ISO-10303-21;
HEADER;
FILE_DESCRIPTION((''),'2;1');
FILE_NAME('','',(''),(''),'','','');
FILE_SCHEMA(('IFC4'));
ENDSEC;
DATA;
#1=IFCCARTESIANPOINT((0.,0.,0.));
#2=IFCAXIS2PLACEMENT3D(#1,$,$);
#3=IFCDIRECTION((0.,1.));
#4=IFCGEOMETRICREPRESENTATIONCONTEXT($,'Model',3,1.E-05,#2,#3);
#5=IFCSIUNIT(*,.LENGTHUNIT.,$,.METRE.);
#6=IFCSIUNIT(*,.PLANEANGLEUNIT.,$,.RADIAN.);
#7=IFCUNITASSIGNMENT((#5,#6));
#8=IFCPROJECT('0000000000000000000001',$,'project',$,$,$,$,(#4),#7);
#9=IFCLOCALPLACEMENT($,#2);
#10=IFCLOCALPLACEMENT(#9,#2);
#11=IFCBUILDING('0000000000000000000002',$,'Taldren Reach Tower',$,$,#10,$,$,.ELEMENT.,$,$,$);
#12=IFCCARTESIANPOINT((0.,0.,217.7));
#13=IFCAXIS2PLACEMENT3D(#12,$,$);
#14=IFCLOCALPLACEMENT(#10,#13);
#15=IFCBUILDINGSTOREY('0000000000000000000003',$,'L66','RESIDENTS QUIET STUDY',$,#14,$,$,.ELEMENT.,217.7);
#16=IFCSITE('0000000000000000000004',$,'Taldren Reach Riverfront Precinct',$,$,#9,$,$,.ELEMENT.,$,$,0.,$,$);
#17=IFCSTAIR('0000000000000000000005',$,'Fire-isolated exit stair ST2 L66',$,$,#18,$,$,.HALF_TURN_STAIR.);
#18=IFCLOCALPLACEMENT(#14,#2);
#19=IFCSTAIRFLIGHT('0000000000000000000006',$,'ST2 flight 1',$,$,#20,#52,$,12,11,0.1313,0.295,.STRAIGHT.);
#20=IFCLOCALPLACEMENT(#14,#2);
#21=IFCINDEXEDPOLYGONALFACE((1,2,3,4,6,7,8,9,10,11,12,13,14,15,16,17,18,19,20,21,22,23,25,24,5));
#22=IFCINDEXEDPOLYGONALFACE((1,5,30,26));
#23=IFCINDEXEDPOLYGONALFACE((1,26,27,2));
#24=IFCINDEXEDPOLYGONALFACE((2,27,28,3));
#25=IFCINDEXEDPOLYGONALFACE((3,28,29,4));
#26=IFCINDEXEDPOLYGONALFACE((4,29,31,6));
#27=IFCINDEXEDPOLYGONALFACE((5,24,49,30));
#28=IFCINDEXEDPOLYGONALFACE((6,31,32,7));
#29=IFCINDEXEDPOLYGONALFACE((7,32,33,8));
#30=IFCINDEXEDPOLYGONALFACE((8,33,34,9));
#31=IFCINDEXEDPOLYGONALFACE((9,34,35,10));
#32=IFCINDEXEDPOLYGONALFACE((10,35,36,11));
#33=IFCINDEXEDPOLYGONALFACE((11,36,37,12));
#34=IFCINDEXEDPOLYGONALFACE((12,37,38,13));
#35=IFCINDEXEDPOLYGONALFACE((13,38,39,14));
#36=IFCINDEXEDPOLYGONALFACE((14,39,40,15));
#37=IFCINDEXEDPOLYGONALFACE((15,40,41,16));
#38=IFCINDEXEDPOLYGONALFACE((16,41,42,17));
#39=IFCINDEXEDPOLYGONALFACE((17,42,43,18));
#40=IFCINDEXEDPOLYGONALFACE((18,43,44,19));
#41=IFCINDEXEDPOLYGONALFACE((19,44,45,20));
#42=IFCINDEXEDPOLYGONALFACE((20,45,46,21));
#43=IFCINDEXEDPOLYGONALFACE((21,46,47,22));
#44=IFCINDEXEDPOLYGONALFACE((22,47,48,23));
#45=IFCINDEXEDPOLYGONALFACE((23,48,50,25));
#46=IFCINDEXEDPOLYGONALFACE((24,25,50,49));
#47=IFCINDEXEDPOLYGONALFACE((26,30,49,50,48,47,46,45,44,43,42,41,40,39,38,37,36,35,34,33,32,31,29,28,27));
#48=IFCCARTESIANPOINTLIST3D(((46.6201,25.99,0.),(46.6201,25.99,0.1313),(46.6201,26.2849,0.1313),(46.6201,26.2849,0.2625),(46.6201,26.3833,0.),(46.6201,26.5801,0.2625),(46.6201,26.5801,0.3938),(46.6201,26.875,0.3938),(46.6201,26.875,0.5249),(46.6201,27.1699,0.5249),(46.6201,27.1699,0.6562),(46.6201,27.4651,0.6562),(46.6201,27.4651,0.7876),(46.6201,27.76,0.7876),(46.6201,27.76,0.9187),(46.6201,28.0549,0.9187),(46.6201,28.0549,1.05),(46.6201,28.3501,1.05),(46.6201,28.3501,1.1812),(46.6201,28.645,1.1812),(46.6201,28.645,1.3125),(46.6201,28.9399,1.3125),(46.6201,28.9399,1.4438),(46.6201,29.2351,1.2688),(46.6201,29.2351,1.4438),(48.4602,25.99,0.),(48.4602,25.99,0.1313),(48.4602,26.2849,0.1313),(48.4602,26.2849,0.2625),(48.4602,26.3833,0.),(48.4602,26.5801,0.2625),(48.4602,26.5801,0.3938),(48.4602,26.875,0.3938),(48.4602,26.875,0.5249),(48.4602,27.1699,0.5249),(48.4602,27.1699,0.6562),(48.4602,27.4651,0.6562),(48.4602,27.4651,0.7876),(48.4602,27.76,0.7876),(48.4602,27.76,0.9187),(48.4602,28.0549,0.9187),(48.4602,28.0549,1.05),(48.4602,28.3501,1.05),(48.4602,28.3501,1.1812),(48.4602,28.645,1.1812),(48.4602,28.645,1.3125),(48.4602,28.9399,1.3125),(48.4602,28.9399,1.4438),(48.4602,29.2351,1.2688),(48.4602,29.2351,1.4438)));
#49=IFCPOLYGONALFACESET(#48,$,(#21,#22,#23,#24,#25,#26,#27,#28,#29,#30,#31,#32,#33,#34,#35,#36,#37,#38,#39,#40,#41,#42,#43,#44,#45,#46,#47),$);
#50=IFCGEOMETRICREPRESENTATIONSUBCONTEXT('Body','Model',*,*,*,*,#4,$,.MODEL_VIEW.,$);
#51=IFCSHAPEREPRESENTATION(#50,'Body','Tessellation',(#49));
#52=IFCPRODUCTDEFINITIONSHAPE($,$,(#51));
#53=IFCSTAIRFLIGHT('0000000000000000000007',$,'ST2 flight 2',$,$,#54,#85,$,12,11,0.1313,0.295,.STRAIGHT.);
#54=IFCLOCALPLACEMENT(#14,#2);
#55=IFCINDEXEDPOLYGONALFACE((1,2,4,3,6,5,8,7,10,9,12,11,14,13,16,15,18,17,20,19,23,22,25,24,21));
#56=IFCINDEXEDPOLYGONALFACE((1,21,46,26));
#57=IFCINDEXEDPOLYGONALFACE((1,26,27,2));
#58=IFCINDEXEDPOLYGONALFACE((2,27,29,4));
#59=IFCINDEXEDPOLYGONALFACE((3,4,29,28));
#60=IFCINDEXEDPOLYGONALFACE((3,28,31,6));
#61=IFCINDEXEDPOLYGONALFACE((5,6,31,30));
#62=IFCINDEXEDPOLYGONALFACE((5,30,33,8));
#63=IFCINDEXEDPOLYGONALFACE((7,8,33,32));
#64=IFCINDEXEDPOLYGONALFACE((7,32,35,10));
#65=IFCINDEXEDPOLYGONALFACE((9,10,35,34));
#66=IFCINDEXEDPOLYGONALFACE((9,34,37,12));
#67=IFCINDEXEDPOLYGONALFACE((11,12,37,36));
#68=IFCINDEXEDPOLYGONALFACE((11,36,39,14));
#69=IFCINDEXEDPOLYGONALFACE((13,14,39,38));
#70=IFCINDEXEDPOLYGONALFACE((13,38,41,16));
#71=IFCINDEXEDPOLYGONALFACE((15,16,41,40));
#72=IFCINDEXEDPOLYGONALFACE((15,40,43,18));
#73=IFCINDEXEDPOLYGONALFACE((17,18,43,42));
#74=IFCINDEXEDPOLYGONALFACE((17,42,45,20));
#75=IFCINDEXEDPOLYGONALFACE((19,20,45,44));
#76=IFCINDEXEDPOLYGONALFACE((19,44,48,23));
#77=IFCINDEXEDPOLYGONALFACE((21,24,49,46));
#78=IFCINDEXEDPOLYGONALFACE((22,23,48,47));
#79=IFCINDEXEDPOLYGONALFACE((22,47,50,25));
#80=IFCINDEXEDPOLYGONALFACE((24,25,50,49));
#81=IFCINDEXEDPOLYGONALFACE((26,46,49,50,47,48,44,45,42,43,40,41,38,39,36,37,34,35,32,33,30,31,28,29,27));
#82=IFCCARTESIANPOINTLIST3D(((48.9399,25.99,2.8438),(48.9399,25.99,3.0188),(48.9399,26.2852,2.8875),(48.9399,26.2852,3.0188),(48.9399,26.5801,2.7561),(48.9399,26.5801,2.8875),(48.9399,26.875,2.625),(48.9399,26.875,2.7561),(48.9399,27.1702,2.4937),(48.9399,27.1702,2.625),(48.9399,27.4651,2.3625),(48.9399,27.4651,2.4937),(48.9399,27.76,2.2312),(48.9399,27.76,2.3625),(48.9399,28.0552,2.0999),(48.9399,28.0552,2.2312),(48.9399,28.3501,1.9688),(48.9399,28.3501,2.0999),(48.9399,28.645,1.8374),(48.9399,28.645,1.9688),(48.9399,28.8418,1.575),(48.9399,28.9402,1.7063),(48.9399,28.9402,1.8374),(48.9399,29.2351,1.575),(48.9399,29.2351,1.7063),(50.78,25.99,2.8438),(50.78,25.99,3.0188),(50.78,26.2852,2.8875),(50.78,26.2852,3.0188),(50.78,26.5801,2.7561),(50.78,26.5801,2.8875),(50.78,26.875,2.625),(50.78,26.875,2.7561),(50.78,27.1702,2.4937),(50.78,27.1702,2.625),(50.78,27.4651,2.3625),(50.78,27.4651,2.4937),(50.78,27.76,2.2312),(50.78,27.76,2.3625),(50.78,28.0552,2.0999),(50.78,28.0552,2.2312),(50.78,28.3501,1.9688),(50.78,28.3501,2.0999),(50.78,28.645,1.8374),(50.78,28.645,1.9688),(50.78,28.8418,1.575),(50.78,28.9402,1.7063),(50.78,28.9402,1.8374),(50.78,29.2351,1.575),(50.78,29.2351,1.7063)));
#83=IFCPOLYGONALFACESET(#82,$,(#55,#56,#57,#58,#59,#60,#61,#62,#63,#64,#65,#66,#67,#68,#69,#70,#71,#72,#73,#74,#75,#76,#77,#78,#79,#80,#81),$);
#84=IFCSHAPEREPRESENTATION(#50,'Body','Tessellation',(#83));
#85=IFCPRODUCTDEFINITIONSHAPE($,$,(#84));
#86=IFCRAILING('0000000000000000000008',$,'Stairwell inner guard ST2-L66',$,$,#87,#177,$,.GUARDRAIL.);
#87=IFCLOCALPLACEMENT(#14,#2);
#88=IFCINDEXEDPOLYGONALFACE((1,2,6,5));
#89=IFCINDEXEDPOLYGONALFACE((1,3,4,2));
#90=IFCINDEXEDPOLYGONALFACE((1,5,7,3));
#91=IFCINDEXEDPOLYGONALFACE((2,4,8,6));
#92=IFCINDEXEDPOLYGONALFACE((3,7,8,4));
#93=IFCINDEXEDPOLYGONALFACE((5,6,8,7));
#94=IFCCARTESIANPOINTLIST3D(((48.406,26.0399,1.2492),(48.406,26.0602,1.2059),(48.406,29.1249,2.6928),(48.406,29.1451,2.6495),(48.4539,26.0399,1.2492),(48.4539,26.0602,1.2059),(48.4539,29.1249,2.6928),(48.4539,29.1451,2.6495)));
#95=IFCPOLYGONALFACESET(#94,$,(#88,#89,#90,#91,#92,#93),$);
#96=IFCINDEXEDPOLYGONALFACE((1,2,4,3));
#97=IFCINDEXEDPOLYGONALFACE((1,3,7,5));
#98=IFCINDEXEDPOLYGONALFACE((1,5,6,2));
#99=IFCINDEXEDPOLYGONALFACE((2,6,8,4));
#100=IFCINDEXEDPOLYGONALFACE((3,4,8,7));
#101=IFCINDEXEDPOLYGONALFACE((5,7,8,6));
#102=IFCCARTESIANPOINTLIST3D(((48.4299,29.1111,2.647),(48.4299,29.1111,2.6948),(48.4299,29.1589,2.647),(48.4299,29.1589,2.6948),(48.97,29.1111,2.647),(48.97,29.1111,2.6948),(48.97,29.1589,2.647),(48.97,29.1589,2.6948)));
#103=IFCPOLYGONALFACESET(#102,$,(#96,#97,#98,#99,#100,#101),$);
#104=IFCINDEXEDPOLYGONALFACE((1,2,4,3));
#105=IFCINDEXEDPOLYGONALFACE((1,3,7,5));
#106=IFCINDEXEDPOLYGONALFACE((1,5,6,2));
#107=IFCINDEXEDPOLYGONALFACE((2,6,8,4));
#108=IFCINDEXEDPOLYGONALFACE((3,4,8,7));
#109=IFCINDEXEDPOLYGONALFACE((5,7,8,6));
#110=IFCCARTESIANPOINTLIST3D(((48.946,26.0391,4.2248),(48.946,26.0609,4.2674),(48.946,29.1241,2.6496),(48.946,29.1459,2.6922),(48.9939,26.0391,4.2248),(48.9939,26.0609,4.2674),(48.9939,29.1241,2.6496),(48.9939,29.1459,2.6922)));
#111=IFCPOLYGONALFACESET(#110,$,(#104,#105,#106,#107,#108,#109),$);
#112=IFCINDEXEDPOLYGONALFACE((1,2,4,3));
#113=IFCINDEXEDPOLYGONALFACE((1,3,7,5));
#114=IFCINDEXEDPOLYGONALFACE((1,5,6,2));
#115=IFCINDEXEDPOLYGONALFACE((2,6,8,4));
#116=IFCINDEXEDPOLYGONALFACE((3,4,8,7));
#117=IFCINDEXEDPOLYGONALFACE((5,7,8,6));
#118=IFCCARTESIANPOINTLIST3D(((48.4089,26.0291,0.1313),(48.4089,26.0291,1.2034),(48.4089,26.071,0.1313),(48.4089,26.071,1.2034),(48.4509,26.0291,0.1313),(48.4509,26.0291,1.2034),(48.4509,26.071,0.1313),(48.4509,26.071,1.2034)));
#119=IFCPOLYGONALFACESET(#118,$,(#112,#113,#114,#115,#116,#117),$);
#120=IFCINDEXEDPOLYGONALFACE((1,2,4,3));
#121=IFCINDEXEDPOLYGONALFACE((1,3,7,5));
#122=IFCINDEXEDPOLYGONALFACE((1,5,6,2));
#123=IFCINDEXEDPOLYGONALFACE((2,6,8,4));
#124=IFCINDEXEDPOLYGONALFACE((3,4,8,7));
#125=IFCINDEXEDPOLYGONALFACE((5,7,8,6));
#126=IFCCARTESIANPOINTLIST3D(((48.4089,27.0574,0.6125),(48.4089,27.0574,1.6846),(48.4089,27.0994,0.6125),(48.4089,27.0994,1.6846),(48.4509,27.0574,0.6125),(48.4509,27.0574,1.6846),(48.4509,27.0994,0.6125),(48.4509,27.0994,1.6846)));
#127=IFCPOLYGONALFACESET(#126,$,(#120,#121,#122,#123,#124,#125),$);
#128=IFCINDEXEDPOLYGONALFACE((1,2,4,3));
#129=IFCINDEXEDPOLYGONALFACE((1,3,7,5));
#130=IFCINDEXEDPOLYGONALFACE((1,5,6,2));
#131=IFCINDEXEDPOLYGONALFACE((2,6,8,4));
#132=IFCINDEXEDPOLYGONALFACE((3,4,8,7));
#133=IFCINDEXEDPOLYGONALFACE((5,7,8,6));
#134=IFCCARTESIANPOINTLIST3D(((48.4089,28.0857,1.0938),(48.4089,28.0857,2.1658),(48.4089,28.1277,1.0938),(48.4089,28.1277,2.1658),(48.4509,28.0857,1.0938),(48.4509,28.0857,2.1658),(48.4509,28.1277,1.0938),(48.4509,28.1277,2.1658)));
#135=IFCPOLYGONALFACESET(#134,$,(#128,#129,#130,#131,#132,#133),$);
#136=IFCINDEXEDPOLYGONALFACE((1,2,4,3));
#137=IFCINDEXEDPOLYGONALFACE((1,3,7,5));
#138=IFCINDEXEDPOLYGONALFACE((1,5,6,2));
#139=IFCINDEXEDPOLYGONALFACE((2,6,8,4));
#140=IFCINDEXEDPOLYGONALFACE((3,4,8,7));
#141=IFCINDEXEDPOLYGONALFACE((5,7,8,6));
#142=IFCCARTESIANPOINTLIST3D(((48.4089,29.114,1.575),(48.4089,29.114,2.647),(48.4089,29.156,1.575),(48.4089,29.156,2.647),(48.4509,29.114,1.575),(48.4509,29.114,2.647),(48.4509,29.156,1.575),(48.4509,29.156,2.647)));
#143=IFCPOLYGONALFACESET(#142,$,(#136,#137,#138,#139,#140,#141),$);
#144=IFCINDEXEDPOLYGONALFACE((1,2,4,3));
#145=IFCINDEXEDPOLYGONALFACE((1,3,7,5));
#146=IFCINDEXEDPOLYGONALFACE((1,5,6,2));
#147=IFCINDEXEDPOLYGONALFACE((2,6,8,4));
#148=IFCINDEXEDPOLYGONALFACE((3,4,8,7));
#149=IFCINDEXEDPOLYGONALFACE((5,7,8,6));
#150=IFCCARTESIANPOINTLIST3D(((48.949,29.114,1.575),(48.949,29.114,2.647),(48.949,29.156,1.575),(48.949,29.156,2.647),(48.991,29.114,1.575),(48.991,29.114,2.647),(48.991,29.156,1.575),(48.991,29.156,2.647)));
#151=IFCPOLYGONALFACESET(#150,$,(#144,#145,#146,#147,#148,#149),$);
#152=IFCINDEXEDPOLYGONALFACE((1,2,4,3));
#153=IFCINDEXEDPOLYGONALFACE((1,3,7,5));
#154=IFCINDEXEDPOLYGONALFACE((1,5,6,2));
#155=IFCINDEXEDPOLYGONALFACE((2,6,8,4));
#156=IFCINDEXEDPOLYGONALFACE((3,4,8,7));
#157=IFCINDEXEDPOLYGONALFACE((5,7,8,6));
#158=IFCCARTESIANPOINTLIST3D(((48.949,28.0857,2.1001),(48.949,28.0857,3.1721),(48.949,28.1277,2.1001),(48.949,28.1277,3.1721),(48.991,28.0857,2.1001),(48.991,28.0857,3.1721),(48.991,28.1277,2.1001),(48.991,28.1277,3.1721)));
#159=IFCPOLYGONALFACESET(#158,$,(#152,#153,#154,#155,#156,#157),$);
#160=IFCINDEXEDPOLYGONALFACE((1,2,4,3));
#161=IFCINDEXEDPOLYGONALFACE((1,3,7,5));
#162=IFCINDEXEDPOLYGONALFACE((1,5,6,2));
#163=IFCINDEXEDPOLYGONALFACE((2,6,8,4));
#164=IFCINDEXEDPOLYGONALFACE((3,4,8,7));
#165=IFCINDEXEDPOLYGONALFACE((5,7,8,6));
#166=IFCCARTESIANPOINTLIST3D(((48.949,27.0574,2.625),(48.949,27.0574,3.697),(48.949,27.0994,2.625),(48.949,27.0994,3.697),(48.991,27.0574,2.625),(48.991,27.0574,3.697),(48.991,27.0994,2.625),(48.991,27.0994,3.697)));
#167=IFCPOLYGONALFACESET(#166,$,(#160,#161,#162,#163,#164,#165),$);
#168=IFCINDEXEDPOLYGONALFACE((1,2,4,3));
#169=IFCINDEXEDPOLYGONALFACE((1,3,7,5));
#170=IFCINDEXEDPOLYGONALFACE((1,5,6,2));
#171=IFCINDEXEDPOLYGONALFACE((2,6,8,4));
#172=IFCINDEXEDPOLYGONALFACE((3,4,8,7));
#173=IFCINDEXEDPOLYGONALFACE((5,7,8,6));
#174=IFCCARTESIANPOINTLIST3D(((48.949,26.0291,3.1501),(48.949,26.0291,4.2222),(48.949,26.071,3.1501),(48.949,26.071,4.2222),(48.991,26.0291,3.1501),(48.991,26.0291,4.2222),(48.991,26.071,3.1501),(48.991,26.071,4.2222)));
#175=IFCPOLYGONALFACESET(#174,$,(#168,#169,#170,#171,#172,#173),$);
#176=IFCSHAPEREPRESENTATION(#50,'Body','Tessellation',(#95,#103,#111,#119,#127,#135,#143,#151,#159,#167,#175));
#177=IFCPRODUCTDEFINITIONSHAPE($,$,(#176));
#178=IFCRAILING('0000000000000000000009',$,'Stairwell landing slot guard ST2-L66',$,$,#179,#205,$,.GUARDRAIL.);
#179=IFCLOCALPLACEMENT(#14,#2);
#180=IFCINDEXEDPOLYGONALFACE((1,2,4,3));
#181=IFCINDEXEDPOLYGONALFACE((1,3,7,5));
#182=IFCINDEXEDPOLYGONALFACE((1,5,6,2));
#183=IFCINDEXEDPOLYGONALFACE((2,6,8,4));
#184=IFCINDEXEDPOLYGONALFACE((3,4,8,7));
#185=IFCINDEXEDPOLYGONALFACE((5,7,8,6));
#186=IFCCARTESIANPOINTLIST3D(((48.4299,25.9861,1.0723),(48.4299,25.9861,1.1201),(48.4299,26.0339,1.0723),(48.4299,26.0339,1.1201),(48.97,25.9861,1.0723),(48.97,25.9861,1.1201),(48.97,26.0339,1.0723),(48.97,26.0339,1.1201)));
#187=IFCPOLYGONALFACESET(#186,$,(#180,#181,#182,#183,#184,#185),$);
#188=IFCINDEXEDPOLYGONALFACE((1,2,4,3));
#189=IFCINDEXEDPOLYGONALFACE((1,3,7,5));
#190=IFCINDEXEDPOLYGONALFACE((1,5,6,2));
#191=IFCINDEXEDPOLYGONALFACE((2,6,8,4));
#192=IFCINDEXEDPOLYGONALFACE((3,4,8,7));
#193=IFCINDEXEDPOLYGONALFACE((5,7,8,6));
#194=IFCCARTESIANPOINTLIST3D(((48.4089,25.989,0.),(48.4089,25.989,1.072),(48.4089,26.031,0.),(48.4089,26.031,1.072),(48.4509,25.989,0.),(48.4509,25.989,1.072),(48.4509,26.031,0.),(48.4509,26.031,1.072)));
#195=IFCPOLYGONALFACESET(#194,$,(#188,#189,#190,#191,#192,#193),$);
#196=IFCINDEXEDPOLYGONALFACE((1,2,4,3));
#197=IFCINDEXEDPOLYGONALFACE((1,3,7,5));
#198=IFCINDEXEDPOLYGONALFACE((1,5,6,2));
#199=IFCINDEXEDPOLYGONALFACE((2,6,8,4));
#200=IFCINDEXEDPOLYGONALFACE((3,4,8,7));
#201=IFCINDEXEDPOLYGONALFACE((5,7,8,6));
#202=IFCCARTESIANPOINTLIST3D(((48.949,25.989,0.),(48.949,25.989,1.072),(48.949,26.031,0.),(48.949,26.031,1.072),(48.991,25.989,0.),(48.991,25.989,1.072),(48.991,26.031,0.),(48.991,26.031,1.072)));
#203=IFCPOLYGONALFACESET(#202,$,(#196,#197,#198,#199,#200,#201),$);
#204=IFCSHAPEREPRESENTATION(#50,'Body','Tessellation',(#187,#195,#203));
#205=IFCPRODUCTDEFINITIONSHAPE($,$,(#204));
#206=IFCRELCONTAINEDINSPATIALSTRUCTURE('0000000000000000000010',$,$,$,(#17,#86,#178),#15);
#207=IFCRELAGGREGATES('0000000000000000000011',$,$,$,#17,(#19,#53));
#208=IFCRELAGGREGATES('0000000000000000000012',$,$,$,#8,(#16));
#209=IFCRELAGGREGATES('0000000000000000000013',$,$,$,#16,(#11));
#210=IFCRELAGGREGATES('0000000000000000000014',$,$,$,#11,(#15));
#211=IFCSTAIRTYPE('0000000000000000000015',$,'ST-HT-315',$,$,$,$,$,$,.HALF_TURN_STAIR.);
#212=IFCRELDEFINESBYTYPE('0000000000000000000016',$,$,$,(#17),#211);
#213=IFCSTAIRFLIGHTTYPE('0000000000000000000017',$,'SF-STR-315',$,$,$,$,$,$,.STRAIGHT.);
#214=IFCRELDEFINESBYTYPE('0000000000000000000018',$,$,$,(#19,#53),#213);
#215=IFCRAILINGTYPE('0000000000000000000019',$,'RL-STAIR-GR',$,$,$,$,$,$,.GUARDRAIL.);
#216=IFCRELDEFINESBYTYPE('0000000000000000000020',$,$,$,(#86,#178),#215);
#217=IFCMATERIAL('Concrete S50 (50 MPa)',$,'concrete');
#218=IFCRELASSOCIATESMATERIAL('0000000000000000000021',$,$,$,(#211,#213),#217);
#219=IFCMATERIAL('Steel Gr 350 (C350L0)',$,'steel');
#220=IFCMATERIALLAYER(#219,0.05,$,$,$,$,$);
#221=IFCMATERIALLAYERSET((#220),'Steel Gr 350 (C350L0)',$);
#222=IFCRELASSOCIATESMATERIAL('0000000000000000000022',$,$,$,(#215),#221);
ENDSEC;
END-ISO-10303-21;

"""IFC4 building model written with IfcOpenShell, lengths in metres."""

from ifc_helpers import new_model, si_unit, direction, frame, origin, origin_2d, place, context, subcontext, project, spatial, polyline, rectangle, outline, extrude, material, layer, layer_set, type_object, element, aggregate, save


model = new_model("IFC4")

# Units and contexts
model_context = context("Model", 3, precision=1e-05, world=origin(), true_north=direction((0.0, 1.0)))
body_context = subcontext(model_context, "Body", "Model", "MODEL_VIEW")
ifc_project = project(units=[si_unit("LENGTHUNIT", "METRE"), si_unit("PLANEANGLEUNIT", "RADIAN")], contexts=[model_context])

# Site, building, storey
site_placement = place(None, origin())
site = spatial("IfcSite", under=ifc_project, at=site_placement, Name="Taldren Reach Riverfront Precinct", CompositionType="ELEMENT", RefElevation=0.0)
building_placement = place(site_placement, origin())
building = spatial("IfcBuilding", under=site, at=building_placement, Name="Taldren Reach Tower", CompositionType="ELEMENT")
storey_placement = place(building_placement, frame((0.0, 0.0, 217.7)))
storey = spatial("IfcBuildingStorey", under=building, at=storey_placement, Name="L66", Description="RESIDENTS QUIET STUDY", CompositionType="ELEMENT", Elevation=217.7)

# Shared definitions
ifc_material_1 = material(Name="Steel Gr 350 (C350L0)", Category="steel")

# Stair, stair flights
ifc_material_2 = material(Name="Concrete S50 (50 MPa)", Category="concrete")
stair_type = type_object("IfcStairType", Name="ST-HT-315", PredefinedType="HALF_TURN_STAIR", material=ifc_material_2)
stair_placement = place(storey_placement, origin())
stair = element("IfcStair", 1, at=stair_placement, inside=storey, type_object=stair_type, Name="Fire-isolated exit stair ST2 L66", PredefinedType="HALF_TURN_STAIR")
stair_flight_type = type_object("IfcStairFlightType", Name="SF-STR-315", PredefinedType="STRAIGHT", material=ifc_material_2)
stair_flight_1_placement = place(storey_placement, frame((47.54, 25.99, 0.0), z_axis=(0.0, 0.0, 1.0), x_axis=(0.0, 1.0, 0.0)))
stair_flight_1 = element("IfcStairFlight", 2, at=stair_flight_1_placement, type_object=stair_flight_type, Name="ST2 flight 1", NumberOfRisers=12, NumberOfTreads=11, PredefinedType="STRAIGHT", RiserHeight=0.1313, TreadLength=0.295, context=body_context, shape_type="SweptSolid", body=[
    extrude(outline(polyline([(0.0, 0.0), (0.0, 0.1313), (0.2949, 0.1313), (0.2949, 0.2625), (0.5901, 0.2625), (0.5901, 0.3938), (0.885, 0.3938), (0.885, 0.5249), (1.1799, 0.5249), (1.1799, 0.6562), (1.4751, 0.6562), (1.4751, 0.7876), (1.77, 0.7876), (1.77, 0.9187), (2.0649, 0.9187), (2.0649, 1.05), (2.3601, 1.05), (2.3601, 1.1812), (2.655, 1.1812), (2.655, 1.3125), (2.95, 1.3125), (2.95, 1.4438), (3.2451, 1.4438), (3.2451, 1.575), (3.2451, 1.2688), (0.3933, 0.0), (0.0, 0.0)])), frame((0.0, 0.9199, 0.0), z_axis=(0.0, -1.0, 0.0), x_axis=(1.0, 0.0, 0.0)), (0.0, 0.0, 1.0), 1.8401),
])
stair_flight_2_placement = place(storey_placement, frame((49.8601, 29.2351, 1.575), z_axis=(0.0, 0.0, 1.0), x_axis=(0.0, -1.0, 0.0)))
stair_flight_2 = element("IfcStairFlight", 3, at=stair_flight_2_placement, type_object=stair_flight_type, Name="ST2 flight 2", NumberOfRisers=12, NumberOfTreads=11, PredefinedType="STRAIGHT", RiserHeight=0.1313, TreadLength=0.295, context=body_context, shape_type="SweptSolid", body=[
    extrude(outline(polyline([(0.0, 0.0), (0.0, 0.1313), (0.2949, 0.1313), (0.2949, 0.2625), (0.5901, 0.2625), (0.5901, 0.3938), (0.885, 0.3938), (0.885, 0.5249), (1.1799, 0.5249), (1.1799, 0.6562), (1.4751, 0.6562), (1.4751, 0.7876), (1.77, 0.7876), (1.77, 0.9187), (2.0649, 0.9187), (2.0649, 1.05), (2.3601, 1.05), (2.3601, 1.1812), (2.655, 1.1812), (2.655, 1.3125), (2.95, 1.3125), (2.95, 1.4438), (3.2451, 1.4438), (3.2451, 1.575), (3.2451, 1.2688), (0.3933, 0.0), (0.0, 0.0)])), frame((0.0, 0.9199, 0.0), z_axis=(0.0, -1.0, 0.0), x_axis=(1.0, 0.0, 0.0)), (0.0, 0.0, 1.0), 1.8401),
])
aggregate(stair, [stair_flight_1, stair_flight_2])

# Railings
ifc_layer_1 = layer(ifc_material_1, 0.05)
ifc_layer_set_1 = layer_set([ifc_layer_1], Name="Steel Gr 350 (C350L0)")
railing_type_1 = type_object("IfcRailingType", Name="RL-STAIR-GR", PredefinedType="GUARDRAIL", material=ifc_layer_set_1)
railing_1_placement = place(storey_placement, frame((48.4299, 26.05, 0.1313)))
element("IfcRailing", 4, at=railing_1_placement, inside=storey, type_object=railing_type_1, Name="Stairwell inner guard ST2-L66", PredefinedType="GUARDRAIL", context=body_context, shape_type="SweptSolid", body=[
    extrude(rectangle(XDim=0.0479, YDim=0.0479, at=origin_2d()), frame((0.0, 0.0, 1.0962), z_axis=(0.0, 0.905738, 0.423839), x_axis=(-1.0, 0.0, 0.0)), (0.0, 0.0, 1.0), 3.406),
    extrude(rectangle(XDim=0.0479, YDim=0.0479, at=origin_2d()), frame((0.0, 3.085, 2.5396), z_axis=(1.0, 0.0, 0.0), x_axis=(0.0, 1.0, 0.0)), (0.0, 0.0, 1.0), 0.54),
    extrude(rectangle(XDim=0.0479, YDim=0.0479, at=origin_2d()), frame((0.54, 3.085, 2.5396), z_axis=(0.0, -0.890617, 0.454753), x_axis=(1.0, 0.0, 0.0)), (0.0, 0.0, 1.0), 3.4639),
    extrude(rectangle(XDim=0.042, YDim=0.042, at=origin_2d()), origin(), (0.0, 0.0, 1.0), 1.072),
    extrude(rectangle(XDim=0.042, YDim=0.042, at=origin_2d()), frame((0.0, 1.0283, 0.4812)), (0.0, 0.0, 1.0), 1.072),
    extrude(rectangle(XDim=0.042, YDim=0.042, at=origin_2d()), frame((0.0, 2.0566, 0.9624)), (0.0, 0.0, 1.0), 1.072),
    extrude(rectangle(XDim=0.042, YDim=0.042, at=origin_2d()), frame((0.0, 3.085, 1.4436)), (0.0, 0.0, 1.0), 1.072),
    extrude(rectangle(XDim=0.042, YDim=0.042, at=origin_2d()), frame((0.54, 3.085, 1.4436)), (0.0, 0.0, 1.0), 1.072),
    extrude(rectangle(XDim=0.042, YDim=0.042, at=origin_2d()), frame((0.54, 2.0566, 1.9688)), (0.0, 0.0, 1.0), 1.072),
    extrude(rectangle(XDim=0.042, YDim=0.042, at=origin_2d()), frame((0.54, 1.0283, 2.4937)), (0.0, 0.0, 1.0), 1.072),
    extrude(rectangle(XDim=0.042, YDim=0.042, at=origin_2d()), frame((0.54, 0.0, 3.0188)), (0.0, 0.0, 1.0), 1.072),
])
railing_2_placement = place(storey_placement, frame((48.4299, 26.01, 0.0)))
element("IfcRailing", 5, at=railing_2_placement, inside=storey, type_object=railing_type_1, Name="Stairwell landing slot guard ST2-L66", PredefinedType="GUARDRAIL", context=body_context, shape_type="SweptSolid", body=[
    extrude(rectangle(XDim=0.0479, YDim=0.0479, at=origin_2d()), frame((0.0, 0.0, 1.0962), z_axis=(1.0, 0.0, 0.0), x_axis=(0.0, 1.0, 0.0)), (0.0, 0.0, 1.0), 0.54),
    extrude(rectangle(XDim=0.042, YDim=0.042, at=origin_2d()), origin(), (0.0, 0.0, 1.0), 1.072),
    extrude(rectangle(XDim=0.042, YDim=0.042, at=origin_2d()), frame((0.54, 0.0, 0.0)), (0.0, 0.0, 1.0), 1.072),
])

save(model, "model.ifc")
